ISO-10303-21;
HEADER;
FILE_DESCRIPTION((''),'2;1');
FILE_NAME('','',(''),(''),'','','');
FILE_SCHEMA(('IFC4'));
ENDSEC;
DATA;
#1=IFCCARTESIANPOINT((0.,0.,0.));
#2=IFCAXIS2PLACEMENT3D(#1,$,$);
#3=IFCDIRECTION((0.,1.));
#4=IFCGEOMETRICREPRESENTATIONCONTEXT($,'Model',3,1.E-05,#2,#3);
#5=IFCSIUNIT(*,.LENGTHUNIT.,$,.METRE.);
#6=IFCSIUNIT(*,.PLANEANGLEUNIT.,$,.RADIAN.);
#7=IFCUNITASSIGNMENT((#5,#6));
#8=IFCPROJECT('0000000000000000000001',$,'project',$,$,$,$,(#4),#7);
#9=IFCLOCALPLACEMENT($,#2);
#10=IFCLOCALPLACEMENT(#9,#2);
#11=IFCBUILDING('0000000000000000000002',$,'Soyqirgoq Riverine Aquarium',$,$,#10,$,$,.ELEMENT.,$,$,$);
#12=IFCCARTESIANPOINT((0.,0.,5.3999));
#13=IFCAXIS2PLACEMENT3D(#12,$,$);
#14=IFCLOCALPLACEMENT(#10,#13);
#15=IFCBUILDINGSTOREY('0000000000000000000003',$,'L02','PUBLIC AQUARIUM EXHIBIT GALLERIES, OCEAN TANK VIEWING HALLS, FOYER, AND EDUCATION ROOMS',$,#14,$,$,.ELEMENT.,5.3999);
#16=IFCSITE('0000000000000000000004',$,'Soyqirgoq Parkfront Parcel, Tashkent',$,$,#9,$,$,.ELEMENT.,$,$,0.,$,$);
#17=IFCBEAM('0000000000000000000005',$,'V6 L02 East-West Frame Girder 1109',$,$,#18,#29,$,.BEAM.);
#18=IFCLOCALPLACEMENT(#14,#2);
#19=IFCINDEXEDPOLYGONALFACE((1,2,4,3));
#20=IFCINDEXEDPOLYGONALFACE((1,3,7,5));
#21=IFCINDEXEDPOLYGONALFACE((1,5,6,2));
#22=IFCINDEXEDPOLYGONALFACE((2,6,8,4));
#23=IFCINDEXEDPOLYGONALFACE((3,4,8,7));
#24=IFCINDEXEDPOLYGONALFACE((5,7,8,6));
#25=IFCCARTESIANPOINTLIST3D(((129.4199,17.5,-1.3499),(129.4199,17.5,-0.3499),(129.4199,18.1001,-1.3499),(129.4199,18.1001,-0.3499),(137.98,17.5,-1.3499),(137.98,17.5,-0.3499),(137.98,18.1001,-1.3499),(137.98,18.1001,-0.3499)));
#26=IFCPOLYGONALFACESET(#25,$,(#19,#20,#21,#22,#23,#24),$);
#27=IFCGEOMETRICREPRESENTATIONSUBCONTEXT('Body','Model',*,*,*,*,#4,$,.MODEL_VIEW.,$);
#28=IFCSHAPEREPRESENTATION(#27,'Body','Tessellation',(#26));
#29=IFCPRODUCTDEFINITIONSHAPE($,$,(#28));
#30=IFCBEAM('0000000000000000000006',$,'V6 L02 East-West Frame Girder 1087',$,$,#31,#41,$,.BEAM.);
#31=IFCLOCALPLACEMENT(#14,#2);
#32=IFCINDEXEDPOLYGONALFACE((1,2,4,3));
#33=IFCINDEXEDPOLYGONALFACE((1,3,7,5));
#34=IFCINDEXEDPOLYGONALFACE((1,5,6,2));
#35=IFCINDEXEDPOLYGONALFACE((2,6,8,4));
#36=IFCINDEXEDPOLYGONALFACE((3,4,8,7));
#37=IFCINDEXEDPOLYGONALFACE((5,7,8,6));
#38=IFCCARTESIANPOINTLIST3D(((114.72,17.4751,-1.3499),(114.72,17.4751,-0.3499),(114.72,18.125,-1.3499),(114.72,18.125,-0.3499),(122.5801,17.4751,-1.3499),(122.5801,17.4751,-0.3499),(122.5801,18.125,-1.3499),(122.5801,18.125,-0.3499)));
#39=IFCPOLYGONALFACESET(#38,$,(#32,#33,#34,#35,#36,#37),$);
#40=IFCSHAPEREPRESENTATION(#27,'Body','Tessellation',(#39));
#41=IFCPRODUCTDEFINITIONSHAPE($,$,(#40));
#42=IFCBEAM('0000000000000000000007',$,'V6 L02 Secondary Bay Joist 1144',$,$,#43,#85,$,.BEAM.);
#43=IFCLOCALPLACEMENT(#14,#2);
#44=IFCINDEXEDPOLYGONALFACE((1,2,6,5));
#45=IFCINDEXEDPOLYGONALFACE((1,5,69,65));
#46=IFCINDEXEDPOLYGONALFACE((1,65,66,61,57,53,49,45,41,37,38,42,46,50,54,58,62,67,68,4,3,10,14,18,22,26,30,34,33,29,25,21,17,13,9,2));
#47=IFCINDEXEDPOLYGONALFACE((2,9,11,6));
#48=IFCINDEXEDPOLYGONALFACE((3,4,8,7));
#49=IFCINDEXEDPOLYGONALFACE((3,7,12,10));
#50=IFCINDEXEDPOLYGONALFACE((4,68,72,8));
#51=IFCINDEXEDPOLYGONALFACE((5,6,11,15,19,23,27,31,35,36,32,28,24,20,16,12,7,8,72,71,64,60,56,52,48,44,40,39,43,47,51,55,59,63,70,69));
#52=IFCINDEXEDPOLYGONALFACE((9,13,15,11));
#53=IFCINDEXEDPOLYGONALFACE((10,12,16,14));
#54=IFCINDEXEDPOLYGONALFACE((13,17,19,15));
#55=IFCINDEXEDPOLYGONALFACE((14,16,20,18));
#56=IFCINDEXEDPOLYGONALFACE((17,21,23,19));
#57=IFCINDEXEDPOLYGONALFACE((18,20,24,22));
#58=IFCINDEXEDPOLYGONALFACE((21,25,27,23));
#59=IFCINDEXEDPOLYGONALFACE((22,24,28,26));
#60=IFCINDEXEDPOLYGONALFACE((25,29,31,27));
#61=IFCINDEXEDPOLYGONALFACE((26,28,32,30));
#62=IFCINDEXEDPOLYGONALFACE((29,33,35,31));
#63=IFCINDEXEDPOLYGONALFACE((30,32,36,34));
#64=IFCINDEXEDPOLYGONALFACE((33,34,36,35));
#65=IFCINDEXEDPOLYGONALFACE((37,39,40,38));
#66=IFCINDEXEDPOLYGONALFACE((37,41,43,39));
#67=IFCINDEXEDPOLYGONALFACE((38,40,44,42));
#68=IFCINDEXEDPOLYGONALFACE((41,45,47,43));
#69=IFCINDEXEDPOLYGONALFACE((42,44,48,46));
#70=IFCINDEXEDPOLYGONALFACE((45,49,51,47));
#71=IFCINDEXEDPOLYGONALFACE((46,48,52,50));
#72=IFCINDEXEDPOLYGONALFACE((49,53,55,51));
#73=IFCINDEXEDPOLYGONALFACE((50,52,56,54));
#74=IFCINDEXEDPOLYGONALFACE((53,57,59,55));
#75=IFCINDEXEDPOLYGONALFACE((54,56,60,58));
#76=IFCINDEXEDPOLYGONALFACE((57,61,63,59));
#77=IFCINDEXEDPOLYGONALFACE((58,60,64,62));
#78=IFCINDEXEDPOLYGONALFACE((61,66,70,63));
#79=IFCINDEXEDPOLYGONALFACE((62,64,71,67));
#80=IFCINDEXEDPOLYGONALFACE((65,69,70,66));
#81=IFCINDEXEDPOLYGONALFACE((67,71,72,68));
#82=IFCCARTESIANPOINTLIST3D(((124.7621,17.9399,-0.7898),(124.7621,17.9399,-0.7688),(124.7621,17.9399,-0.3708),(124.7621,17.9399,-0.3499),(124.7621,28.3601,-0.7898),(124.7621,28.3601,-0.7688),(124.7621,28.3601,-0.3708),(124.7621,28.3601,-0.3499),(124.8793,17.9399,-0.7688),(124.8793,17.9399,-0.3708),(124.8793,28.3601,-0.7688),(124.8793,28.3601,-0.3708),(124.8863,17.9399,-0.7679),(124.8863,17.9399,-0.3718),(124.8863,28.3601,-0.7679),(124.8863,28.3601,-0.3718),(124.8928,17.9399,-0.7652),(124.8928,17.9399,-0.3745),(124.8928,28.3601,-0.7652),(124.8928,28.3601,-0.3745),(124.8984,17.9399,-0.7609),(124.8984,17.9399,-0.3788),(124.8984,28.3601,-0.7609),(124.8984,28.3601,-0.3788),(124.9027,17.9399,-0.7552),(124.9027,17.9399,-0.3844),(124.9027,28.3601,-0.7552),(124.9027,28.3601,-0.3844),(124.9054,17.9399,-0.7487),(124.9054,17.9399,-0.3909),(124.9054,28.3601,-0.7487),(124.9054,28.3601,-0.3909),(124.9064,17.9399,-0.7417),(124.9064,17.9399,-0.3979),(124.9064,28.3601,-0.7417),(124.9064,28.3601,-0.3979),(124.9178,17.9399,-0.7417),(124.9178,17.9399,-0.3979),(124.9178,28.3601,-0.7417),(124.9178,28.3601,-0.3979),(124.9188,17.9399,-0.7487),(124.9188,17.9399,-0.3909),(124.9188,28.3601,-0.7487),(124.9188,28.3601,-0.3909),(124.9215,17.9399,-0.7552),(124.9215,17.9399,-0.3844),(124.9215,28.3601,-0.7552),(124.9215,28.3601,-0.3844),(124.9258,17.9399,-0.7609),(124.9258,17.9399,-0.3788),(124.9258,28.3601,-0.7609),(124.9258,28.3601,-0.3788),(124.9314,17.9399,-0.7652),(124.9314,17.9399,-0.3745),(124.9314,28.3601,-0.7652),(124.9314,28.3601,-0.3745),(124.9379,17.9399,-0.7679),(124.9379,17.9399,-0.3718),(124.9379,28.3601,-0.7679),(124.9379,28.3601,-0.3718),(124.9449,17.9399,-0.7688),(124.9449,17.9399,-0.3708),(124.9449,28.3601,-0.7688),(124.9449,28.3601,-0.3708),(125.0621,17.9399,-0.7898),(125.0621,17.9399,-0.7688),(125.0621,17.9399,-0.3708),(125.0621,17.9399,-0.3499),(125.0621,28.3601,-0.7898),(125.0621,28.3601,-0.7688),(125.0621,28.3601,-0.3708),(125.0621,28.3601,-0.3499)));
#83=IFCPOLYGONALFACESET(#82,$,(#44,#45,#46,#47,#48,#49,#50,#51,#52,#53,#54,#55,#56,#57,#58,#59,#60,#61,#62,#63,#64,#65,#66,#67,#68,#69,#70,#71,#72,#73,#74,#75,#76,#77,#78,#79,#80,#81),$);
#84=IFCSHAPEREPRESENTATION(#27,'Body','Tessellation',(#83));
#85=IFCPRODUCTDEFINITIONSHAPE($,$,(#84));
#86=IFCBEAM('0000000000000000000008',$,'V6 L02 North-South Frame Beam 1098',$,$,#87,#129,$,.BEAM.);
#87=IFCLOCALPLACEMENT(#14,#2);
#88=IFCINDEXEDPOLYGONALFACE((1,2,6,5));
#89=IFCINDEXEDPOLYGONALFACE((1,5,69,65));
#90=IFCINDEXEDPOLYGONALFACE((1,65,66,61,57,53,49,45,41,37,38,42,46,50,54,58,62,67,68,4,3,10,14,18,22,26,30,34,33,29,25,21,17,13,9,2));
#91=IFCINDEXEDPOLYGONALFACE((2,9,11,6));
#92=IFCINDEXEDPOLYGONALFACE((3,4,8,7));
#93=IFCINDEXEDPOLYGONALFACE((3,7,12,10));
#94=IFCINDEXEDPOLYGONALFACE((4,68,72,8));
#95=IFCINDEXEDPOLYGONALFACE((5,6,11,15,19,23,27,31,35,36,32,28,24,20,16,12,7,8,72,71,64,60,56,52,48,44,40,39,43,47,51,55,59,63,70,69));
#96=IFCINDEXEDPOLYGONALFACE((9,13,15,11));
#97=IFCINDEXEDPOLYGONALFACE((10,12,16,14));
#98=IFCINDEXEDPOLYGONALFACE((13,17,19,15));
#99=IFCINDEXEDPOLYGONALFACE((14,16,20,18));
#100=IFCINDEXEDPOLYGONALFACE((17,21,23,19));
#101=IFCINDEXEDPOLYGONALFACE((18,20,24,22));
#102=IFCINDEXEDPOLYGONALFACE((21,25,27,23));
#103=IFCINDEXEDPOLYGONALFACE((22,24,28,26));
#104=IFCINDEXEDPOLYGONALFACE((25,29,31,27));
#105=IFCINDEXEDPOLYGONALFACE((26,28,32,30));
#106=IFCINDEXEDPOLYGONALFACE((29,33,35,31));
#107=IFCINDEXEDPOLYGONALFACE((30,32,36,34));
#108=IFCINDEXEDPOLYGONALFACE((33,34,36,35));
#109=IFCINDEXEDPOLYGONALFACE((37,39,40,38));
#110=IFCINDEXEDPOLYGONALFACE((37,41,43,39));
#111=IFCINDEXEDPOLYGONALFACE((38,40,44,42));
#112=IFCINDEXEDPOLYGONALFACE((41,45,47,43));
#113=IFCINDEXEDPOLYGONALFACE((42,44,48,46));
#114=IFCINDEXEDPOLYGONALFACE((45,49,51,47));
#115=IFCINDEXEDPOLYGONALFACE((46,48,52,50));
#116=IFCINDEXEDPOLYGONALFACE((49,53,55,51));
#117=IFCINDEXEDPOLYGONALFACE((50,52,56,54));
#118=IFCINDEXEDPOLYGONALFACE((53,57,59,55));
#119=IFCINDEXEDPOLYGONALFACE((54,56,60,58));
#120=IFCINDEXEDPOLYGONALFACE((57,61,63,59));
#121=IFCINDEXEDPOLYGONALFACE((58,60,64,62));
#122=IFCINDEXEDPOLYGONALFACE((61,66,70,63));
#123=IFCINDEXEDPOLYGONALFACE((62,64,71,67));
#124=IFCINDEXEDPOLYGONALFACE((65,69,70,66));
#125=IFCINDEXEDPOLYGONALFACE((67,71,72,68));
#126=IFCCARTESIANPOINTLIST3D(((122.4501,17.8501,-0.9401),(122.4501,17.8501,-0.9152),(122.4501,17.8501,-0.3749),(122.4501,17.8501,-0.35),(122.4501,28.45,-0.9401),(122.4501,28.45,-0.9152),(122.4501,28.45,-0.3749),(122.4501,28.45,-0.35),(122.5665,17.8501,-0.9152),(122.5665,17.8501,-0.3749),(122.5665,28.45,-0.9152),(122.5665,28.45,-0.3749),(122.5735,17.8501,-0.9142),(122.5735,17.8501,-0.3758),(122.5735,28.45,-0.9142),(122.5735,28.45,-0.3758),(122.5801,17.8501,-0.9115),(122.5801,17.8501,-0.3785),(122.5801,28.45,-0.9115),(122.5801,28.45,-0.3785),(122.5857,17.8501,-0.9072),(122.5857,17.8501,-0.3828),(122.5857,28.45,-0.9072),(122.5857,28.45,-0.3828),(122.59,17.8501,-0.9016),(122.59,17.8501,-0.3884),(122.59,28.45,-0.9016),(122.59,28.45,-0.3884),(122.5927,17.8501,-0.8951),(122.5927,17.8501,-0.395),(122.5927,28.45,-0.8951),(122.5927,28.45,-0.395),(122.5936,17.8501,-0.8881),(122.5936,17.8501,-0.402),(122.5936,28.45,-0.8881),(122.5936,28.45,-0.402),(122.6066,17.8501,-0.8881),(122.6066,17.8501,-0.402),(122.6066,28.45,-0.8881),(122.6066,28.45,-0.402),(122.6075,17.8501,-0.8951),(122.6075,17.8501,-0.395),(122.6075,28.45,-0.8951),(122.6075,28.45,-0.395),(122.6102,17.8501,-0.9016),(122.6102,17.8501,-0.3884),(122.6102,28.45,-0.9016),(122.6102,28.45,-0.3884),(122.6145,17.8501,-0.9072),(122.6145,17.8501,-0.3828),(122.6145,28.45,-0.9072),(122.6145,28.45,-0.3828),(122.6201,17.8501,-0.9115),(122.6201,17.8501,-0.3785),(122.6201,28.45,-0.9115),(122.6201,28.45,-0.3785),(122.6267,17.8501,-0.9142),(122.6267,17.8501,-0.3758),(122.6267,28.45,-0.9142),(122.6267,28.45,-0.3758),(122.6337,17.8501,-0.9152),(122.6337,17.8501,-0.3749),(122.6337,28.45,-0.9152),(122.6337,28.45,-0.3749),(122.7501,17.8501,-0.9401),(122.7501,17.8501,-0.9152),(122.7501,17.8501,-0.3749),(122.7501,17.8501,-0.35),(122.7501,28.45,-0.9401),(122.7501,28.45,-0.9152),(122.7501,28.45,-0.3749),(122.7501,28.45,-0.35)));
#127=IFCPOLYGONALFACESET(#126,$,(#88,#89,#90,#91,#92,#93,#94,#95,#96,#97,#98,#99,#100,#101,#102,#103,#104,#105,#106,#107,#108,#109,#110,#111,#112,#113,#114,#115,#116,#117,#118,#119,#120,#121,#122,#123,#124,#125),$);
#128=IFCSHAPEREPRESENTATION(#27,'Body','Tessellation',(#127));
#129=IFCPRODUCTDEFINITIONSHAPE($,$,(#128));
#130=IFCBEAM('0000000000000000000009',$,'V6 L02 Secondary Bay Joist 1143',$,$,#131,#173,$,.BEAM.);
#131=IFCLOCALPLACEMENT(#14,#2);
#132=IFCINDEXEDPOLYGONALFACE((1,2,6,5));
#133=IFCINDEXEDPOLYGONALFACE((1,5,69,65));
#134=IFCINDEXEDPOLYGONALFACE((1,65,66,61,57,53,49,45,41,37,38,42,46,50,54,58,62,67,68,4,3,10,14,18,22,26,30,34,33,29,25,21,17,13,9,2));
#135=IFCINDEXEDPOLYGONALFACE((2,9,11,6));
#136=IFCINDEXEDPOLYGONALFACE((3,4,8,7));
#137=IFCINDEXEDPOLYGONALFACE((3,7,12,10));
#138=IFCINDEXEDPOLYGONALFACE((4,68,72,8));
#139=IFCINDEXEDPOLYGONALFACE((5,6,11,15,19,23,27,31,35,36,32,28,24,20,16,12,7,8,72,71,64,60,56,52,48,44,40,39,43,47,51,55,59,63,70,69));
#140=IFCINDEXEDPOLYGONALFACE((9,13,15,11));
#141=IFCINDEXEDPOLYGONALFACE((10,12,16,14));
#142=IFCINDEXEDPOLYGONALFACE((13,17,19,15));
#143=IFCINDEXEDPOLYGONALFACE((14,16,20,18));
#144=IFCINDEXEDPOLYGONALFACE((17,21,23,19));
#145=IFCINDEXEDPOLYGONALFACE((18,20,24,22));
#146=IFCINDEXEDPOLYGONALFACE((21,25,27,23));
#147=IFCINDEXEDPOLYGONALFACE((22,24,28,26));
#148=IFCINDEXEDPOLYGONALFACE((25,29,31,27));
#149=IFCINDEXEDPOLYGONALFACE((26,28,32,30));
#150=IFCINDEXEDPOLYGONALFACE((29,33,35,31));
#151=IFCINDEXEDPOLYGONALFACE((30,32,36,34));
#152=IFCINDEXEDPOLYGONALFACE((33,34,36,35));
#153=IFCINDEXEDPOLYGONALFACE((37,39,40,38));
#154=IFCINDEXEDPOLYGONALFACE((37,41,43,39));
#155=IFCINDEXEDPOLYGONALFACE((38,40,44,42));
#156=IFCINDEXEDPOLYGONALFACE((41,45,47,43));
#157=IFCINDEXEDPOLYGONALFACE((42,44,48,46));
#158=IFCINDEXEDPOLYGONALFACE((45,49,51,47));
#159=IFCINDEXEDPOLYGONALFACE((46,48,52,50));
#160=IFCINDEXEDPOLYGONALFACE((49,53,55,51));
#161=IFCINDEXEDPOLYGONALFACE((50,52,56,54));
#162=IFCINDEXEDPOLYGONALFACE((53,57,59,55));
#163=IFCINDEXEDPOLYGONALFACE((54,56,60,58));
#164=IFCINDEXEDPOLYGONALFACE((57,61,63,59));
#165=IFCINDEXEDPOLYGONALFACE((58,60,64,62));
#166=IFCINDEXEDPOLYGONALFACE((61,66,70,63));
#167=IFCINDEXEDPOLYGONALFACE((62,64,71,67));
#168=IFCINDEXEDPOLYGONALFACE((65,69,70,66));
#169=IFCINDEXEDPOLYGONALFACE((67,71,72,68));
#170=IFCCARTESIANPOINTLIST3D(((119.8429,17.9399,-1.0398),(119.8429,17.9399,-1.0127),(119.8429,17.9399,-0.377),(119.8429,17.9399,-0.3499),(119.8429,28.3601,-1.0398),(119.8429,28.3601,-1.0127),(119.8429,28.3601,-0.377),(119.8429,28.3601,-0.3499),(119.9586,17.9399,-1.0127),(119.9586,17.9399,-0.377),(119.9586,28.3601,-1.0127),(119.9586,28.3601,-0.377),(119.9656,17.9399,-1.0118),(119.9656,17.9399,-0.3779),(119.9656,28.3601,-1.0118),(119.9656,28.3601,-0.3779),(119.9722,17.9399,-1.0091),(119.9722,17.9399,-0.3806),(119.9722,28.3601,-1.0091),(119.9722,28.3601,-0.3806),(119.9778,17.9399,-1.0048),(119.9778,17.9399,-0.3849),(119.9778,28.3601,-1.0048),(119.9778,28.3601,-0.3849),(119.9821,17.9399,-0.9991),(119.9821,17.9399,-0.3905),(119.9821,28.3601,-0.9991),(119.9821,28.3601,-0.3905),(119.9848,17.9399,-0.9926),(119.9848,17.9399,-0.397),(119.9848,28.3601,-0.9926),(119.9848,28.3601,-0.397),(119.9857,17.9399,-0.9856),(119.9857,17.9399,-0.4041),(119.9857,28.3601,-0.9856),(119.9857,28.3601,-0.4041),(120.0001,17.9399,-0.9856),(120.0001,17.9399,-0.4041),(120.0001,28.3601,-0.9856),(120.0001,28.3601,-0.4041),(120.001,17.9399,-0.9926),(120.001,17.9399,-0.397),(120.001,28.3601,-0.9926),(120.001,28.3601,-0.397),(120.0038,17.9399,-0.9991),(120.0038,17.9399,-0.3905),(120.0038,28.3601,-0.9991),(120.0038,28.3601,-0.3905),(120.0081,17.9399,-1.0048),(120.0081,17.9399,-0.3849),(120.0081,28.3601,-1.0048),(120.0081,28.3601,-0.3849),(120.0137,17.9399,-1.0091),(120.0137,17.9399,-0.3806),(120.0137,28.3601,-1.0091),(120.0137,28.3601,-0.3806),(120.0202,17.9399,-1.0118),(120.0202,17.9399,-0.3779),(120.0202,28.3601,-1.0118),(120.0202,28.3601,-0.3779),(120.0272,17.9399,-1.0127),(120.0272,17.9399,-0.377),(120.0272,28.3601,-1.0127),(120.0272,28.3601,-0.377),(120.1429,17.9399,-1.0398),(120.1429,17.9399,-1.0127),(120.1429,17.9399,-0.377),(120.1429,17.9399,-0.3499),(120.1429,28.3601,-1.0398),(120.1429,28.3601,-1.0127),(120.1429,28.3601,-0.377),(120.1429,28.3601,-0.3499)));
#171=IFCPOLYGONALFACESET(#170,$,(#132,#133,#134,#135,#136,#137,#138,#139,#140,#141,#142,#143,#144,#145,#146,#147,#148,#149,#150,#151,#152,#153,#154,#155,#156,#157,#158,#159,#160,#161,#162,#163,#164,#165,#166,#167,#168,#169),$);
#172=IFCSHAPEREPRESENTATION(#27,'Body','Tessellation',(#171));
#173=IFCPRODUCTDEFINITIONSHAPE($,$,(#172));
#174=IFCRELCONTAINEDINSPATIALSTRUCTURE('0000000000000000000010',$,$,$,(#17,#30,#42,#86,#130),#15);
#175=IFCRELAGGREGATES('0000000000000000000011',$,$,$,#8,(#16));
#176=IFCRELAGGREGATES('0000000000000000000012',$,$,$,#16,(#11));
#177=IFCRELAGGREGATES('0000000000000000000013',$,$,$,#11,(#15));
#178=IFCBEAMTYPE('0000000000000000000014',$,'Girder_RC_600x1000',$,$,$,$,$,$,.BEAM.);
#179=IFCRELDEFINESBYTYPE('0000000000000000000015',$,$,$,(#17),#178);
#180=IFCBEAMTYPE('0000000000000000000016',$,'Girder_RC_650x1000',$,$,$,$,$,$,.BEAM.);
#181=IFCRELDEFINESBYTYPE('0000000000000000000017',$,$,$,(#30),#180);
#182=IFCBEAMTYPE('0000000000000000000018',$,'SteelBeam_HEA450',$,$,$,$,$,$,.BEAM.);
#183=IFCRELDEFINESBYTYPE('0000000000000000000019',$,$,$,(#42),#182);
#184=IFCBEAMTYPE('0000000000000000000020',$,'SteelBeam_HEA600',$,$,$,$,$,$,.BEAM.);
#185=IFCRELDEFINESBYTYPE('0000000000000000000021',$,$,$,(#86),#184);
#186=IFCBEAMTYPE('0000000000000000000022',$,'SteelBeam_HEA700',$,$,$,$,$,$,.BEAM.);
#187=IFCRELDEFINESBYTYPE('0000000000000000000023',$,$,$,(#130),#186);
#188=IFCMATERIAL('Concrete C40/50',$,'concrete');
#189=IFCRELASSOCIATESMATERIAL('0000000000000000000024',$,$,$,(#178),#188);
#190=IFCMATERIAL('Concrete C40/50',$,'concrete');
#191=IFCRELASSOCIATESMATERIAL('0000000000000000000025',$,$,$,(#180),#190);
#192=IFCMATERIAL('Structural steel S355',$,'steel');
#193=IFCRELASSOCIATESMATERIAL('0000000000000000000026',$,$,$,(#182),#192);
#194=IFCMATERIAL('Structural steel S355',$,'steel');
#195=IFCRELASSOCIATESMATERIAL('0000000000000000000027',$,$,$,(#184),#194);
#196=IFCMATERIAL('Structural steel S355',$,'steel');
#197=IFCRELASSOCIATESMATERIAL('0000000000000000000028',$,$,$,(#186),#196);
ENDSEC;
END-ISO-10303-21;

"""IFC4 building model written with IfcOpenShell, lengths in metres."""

from ifc_helpers import new_model, si_unit, direction, frame, origin, origin_2d, place, context, subcontext, project, spatial, rectangle, i_section, extrude, material, material_profile, profile_set, type_object, element, save


model = new_model("IFC4")

# Units and contexts
model_context = context("Model", 3, precision=1e-05, world=origin(), true_north=direction((0.0, 1.0)))
body_context = subcontext(model_context, "Body", "Model", "MODEL_VIEW")
ifc_project = project(units=[si_unit("LENGTHUNIT", "METRE"), si_unit("PLANEANGLEUNIT", "RADIAN")], contexts=[model_context])

# Site, building, storey
site_placement = place(None, origin())
site = spatial("IfcSite", under=ifc_project, at=site_placement, Name="Soyqirgoq Parkfront Parcel, Tashkent", CompositionType="ELEMENT", RefElevation=0.0)
building_placement = place(site_placement, origin())
building = spatial("IfcBuilding", under=site, at=building_placement, Name="Soyqirgoq Riverine Aquarium", CompositionType="ELEMENT")
storey_placement = place(building_placement, frame((0.0, 0.0, 5.3999)))
storey = spatial("IfcBuildingStorey", under=building, at=storey_placement, Name="L02", Description="PUBLIC AQUARIUM EXHIBIT GALLERIES, OCEAN TANK VIEWING HALLS, FOYER, AND EDUCATION ROOMS", CompositionType="ELEMENT", Elevation=5.3999)

# Beams
ifc_material_1 = material(Name="Concrete C40/50", Category="concrete")
ifc_material_profile_1 = material_profile(ifc_material_1, rectangle(XDim=0.6001, YDim=1.0, at=origin_2d()), Name="RC 600x1000")
ifc_profile_set_1 = profile_set([ifc_material_profile_1], Name="Concrete C40/50")
beam_type_1 = type_object("IfcBeamType", Name="Girder_RC_600x1000", PredefinedType="BEAM", material=ifc_profile_set_1)
beam_1_placement = place(storey_placement, frame((129.4199, 17.8, -0.8499), z_axis=(1.0, 0.0, 0.0), x_axis=(0.0, 1.0, 0.0)))
element("IfcBeam", 1, at=beam_1_placement, inside=storey, type_object=beam_type_1, Name="V6 L02 East-West Frame Girder 1109", PredefinedType="BEAM", context=body_context, shape_type="SweptSolid", body=[
    extrude(rectangle(XDim=0.6001, YDim=1.0, at=origin_2d()), origin(), (0.0, 0.0, 1.0), 8.5601),
])
ifc_material_2 = material(Name="Concrete C40/50", Category="concrete")
ifc_material_profile_2 = material_profile(ifc_material_2, rectangle(XDim=0.6499, YDim=1.0, at=origin_2d()), Name="RC 650x1000")
ifc_profile_set_2 = profile_set([ifc_material_profile_2], Name="Concrete C40/50")
beam_type_2 = type_object("IfcBeamType", Name="Girder_RC_650x1000", PredefinedType="BEAM", material=ifc_profile_set_2)
beam_2_placement = place(storey_placement, frame((114.72, 17.8, -0.8499), z_axis=(1.0, 0.0, 0.0), x_axis=(0.0, 1.0, 0.0)))
element("IfcBeam", 2, at=beam_2_placement, inside=storey, type_object=beam_type_2, Name="V6 L02 East-West Frame Girder 1087", PredefinedType="BEAM", context=body_context, shape_type="SweptSolid", body=[
    extrude(rectangle(XDim=0.6499, YDim=1.0, at=origin_2d()), origin(), (0.0, 0.0, 1.0), 7.8601),
])
ifc_material_3 = material(Name="Structural steel S355", Category="steel")
ifc_material_profile_3 = material_profile(ifc_material_3, i_section(OverallWidth=0.3, OverallDepth=0.4399, WebThickness=0.0115, FlangeThickness=0.021, FilletRadius=0.0271, at=origin_2d()), Name="HEA 450")
ifc_profile_set_3 = profile_set([ifc_material_profile_3], Name="Structural steel S355")
beam_type_3 = type_object("IfcBeamType", Name="SteelBeam_HEA450", PredefinedType="BEAM", material=ifc_profile_set_3)
beam_3_placement = place(storey_placement, frame((124.9121, 17.9399, -0.5698), z_axis=(0.0, 1.0, 0.0), x_axis=(-1.0, 0.0, 0.0)))
element("IfcBeam", 3, at=beam_3_placement, inside=storey, type_object=beam_type_3, Name="V6 L02 Secondary Bay Joist 1144", PredefinedType="BEAM", context=body_context, shape_type="SweptSolid", body=[
    extrude(i_section(OverallWidth=0.3, OverallDepth=0.4399, WebThickness=0.0115, FlangeThickness=0.021, FilletRadius=0.0271, at=origin_2d()), origin(), (0.0, 0.0, 1.0), 10.4202),
])
ifc_material_4 = material(Name="Structural steel S355", Category="steel")
ifc_material_profile_4 = material_profile(ifc_material_4, i_section(OverallWidth=0.3, OverallDepth=0.5901, WebThickness=0.0129, FlangeThickness=0.0249, FilletRadius=0.0271, at=origin_2d()), Name="HEA 600")
ifc_profile_set_4 = profile_set([ifc_material_profile_4], Name="Structural steel S355")
beam_type_4 = type_object("IfcBeamType", Name="SteelBeam_HEA600", PredefinedType="BEAM", material=ifc_profile_set_4)
beam_4_placement = place(storey_placement, frame((122.6001, 17.8501, -0.645), z_axis=(0.0, 1.0, 0.0), x_axis=(-1.0, 0.0, 0.0)))
element("IfcBeam", 4, at=beam_4_placement, inside=storey, type_object=beam_type_4, Name="V6 L02 North-South Frame Beam 1098", PredefinedType="BEAM", context=body_context, shape_type="SweptSolid", body=[
    extrude(i_section(OverallWidth=0.3, OverallDepth=0.5901, WebThickness=0.0129, FlangeThickness=0.0249, FilletRadius=0.0271, at=origin_2d()), origin(), (0.0, 0.0, 1.0), 10.5999),
])
ifc_material_5 = material(Name="Structural steel S355", Category="steel")
ifc_material_profile_5 = material_profile(ifc_material_5, i_section(OverallWidth=0.3, OverallDepth=0.6899, WebThickness=0.0144, FlangeThickness=0.0271, FilletRadius=0.0271, at=origin_2d()), Name="HEA 700")
ifc_profile_set_5 = profile_set([ifc_material_profile_5], Name="Structural steel S355")
beam_type_5 = type_object("IfcBeamType", Name="SteelBeam_HEA700", PredefinedType="BEAM", material=ifc_profile_set_5)
beam_5_placement = place(storey_placement, frame((119.9929, 17.9399, -0.6948), z_axis=(0.0, 1.0, 0.0), x_axis=(-1.0, 0.0, 0.0)))
element("IfcBeam", 5, at=beam_5_placement, inside=storey, type_object=beam_type_5, Name="V6 L02 Secondary Bay Joist 1143", PredefinedType="BEAM", context=body_context, shape_type="SweptSolid", body=[
    extrude(i_section(OverallWidth=0.3, OverallDepth=0.6899, WebThickness=0.0144, FlangeThickness=0.0271, FilletRadius=0.0271, at=origin_2d()), origin(), (0.0, 0.0, 1.0), 10.4202),
])

save(model, "model.ifc")
